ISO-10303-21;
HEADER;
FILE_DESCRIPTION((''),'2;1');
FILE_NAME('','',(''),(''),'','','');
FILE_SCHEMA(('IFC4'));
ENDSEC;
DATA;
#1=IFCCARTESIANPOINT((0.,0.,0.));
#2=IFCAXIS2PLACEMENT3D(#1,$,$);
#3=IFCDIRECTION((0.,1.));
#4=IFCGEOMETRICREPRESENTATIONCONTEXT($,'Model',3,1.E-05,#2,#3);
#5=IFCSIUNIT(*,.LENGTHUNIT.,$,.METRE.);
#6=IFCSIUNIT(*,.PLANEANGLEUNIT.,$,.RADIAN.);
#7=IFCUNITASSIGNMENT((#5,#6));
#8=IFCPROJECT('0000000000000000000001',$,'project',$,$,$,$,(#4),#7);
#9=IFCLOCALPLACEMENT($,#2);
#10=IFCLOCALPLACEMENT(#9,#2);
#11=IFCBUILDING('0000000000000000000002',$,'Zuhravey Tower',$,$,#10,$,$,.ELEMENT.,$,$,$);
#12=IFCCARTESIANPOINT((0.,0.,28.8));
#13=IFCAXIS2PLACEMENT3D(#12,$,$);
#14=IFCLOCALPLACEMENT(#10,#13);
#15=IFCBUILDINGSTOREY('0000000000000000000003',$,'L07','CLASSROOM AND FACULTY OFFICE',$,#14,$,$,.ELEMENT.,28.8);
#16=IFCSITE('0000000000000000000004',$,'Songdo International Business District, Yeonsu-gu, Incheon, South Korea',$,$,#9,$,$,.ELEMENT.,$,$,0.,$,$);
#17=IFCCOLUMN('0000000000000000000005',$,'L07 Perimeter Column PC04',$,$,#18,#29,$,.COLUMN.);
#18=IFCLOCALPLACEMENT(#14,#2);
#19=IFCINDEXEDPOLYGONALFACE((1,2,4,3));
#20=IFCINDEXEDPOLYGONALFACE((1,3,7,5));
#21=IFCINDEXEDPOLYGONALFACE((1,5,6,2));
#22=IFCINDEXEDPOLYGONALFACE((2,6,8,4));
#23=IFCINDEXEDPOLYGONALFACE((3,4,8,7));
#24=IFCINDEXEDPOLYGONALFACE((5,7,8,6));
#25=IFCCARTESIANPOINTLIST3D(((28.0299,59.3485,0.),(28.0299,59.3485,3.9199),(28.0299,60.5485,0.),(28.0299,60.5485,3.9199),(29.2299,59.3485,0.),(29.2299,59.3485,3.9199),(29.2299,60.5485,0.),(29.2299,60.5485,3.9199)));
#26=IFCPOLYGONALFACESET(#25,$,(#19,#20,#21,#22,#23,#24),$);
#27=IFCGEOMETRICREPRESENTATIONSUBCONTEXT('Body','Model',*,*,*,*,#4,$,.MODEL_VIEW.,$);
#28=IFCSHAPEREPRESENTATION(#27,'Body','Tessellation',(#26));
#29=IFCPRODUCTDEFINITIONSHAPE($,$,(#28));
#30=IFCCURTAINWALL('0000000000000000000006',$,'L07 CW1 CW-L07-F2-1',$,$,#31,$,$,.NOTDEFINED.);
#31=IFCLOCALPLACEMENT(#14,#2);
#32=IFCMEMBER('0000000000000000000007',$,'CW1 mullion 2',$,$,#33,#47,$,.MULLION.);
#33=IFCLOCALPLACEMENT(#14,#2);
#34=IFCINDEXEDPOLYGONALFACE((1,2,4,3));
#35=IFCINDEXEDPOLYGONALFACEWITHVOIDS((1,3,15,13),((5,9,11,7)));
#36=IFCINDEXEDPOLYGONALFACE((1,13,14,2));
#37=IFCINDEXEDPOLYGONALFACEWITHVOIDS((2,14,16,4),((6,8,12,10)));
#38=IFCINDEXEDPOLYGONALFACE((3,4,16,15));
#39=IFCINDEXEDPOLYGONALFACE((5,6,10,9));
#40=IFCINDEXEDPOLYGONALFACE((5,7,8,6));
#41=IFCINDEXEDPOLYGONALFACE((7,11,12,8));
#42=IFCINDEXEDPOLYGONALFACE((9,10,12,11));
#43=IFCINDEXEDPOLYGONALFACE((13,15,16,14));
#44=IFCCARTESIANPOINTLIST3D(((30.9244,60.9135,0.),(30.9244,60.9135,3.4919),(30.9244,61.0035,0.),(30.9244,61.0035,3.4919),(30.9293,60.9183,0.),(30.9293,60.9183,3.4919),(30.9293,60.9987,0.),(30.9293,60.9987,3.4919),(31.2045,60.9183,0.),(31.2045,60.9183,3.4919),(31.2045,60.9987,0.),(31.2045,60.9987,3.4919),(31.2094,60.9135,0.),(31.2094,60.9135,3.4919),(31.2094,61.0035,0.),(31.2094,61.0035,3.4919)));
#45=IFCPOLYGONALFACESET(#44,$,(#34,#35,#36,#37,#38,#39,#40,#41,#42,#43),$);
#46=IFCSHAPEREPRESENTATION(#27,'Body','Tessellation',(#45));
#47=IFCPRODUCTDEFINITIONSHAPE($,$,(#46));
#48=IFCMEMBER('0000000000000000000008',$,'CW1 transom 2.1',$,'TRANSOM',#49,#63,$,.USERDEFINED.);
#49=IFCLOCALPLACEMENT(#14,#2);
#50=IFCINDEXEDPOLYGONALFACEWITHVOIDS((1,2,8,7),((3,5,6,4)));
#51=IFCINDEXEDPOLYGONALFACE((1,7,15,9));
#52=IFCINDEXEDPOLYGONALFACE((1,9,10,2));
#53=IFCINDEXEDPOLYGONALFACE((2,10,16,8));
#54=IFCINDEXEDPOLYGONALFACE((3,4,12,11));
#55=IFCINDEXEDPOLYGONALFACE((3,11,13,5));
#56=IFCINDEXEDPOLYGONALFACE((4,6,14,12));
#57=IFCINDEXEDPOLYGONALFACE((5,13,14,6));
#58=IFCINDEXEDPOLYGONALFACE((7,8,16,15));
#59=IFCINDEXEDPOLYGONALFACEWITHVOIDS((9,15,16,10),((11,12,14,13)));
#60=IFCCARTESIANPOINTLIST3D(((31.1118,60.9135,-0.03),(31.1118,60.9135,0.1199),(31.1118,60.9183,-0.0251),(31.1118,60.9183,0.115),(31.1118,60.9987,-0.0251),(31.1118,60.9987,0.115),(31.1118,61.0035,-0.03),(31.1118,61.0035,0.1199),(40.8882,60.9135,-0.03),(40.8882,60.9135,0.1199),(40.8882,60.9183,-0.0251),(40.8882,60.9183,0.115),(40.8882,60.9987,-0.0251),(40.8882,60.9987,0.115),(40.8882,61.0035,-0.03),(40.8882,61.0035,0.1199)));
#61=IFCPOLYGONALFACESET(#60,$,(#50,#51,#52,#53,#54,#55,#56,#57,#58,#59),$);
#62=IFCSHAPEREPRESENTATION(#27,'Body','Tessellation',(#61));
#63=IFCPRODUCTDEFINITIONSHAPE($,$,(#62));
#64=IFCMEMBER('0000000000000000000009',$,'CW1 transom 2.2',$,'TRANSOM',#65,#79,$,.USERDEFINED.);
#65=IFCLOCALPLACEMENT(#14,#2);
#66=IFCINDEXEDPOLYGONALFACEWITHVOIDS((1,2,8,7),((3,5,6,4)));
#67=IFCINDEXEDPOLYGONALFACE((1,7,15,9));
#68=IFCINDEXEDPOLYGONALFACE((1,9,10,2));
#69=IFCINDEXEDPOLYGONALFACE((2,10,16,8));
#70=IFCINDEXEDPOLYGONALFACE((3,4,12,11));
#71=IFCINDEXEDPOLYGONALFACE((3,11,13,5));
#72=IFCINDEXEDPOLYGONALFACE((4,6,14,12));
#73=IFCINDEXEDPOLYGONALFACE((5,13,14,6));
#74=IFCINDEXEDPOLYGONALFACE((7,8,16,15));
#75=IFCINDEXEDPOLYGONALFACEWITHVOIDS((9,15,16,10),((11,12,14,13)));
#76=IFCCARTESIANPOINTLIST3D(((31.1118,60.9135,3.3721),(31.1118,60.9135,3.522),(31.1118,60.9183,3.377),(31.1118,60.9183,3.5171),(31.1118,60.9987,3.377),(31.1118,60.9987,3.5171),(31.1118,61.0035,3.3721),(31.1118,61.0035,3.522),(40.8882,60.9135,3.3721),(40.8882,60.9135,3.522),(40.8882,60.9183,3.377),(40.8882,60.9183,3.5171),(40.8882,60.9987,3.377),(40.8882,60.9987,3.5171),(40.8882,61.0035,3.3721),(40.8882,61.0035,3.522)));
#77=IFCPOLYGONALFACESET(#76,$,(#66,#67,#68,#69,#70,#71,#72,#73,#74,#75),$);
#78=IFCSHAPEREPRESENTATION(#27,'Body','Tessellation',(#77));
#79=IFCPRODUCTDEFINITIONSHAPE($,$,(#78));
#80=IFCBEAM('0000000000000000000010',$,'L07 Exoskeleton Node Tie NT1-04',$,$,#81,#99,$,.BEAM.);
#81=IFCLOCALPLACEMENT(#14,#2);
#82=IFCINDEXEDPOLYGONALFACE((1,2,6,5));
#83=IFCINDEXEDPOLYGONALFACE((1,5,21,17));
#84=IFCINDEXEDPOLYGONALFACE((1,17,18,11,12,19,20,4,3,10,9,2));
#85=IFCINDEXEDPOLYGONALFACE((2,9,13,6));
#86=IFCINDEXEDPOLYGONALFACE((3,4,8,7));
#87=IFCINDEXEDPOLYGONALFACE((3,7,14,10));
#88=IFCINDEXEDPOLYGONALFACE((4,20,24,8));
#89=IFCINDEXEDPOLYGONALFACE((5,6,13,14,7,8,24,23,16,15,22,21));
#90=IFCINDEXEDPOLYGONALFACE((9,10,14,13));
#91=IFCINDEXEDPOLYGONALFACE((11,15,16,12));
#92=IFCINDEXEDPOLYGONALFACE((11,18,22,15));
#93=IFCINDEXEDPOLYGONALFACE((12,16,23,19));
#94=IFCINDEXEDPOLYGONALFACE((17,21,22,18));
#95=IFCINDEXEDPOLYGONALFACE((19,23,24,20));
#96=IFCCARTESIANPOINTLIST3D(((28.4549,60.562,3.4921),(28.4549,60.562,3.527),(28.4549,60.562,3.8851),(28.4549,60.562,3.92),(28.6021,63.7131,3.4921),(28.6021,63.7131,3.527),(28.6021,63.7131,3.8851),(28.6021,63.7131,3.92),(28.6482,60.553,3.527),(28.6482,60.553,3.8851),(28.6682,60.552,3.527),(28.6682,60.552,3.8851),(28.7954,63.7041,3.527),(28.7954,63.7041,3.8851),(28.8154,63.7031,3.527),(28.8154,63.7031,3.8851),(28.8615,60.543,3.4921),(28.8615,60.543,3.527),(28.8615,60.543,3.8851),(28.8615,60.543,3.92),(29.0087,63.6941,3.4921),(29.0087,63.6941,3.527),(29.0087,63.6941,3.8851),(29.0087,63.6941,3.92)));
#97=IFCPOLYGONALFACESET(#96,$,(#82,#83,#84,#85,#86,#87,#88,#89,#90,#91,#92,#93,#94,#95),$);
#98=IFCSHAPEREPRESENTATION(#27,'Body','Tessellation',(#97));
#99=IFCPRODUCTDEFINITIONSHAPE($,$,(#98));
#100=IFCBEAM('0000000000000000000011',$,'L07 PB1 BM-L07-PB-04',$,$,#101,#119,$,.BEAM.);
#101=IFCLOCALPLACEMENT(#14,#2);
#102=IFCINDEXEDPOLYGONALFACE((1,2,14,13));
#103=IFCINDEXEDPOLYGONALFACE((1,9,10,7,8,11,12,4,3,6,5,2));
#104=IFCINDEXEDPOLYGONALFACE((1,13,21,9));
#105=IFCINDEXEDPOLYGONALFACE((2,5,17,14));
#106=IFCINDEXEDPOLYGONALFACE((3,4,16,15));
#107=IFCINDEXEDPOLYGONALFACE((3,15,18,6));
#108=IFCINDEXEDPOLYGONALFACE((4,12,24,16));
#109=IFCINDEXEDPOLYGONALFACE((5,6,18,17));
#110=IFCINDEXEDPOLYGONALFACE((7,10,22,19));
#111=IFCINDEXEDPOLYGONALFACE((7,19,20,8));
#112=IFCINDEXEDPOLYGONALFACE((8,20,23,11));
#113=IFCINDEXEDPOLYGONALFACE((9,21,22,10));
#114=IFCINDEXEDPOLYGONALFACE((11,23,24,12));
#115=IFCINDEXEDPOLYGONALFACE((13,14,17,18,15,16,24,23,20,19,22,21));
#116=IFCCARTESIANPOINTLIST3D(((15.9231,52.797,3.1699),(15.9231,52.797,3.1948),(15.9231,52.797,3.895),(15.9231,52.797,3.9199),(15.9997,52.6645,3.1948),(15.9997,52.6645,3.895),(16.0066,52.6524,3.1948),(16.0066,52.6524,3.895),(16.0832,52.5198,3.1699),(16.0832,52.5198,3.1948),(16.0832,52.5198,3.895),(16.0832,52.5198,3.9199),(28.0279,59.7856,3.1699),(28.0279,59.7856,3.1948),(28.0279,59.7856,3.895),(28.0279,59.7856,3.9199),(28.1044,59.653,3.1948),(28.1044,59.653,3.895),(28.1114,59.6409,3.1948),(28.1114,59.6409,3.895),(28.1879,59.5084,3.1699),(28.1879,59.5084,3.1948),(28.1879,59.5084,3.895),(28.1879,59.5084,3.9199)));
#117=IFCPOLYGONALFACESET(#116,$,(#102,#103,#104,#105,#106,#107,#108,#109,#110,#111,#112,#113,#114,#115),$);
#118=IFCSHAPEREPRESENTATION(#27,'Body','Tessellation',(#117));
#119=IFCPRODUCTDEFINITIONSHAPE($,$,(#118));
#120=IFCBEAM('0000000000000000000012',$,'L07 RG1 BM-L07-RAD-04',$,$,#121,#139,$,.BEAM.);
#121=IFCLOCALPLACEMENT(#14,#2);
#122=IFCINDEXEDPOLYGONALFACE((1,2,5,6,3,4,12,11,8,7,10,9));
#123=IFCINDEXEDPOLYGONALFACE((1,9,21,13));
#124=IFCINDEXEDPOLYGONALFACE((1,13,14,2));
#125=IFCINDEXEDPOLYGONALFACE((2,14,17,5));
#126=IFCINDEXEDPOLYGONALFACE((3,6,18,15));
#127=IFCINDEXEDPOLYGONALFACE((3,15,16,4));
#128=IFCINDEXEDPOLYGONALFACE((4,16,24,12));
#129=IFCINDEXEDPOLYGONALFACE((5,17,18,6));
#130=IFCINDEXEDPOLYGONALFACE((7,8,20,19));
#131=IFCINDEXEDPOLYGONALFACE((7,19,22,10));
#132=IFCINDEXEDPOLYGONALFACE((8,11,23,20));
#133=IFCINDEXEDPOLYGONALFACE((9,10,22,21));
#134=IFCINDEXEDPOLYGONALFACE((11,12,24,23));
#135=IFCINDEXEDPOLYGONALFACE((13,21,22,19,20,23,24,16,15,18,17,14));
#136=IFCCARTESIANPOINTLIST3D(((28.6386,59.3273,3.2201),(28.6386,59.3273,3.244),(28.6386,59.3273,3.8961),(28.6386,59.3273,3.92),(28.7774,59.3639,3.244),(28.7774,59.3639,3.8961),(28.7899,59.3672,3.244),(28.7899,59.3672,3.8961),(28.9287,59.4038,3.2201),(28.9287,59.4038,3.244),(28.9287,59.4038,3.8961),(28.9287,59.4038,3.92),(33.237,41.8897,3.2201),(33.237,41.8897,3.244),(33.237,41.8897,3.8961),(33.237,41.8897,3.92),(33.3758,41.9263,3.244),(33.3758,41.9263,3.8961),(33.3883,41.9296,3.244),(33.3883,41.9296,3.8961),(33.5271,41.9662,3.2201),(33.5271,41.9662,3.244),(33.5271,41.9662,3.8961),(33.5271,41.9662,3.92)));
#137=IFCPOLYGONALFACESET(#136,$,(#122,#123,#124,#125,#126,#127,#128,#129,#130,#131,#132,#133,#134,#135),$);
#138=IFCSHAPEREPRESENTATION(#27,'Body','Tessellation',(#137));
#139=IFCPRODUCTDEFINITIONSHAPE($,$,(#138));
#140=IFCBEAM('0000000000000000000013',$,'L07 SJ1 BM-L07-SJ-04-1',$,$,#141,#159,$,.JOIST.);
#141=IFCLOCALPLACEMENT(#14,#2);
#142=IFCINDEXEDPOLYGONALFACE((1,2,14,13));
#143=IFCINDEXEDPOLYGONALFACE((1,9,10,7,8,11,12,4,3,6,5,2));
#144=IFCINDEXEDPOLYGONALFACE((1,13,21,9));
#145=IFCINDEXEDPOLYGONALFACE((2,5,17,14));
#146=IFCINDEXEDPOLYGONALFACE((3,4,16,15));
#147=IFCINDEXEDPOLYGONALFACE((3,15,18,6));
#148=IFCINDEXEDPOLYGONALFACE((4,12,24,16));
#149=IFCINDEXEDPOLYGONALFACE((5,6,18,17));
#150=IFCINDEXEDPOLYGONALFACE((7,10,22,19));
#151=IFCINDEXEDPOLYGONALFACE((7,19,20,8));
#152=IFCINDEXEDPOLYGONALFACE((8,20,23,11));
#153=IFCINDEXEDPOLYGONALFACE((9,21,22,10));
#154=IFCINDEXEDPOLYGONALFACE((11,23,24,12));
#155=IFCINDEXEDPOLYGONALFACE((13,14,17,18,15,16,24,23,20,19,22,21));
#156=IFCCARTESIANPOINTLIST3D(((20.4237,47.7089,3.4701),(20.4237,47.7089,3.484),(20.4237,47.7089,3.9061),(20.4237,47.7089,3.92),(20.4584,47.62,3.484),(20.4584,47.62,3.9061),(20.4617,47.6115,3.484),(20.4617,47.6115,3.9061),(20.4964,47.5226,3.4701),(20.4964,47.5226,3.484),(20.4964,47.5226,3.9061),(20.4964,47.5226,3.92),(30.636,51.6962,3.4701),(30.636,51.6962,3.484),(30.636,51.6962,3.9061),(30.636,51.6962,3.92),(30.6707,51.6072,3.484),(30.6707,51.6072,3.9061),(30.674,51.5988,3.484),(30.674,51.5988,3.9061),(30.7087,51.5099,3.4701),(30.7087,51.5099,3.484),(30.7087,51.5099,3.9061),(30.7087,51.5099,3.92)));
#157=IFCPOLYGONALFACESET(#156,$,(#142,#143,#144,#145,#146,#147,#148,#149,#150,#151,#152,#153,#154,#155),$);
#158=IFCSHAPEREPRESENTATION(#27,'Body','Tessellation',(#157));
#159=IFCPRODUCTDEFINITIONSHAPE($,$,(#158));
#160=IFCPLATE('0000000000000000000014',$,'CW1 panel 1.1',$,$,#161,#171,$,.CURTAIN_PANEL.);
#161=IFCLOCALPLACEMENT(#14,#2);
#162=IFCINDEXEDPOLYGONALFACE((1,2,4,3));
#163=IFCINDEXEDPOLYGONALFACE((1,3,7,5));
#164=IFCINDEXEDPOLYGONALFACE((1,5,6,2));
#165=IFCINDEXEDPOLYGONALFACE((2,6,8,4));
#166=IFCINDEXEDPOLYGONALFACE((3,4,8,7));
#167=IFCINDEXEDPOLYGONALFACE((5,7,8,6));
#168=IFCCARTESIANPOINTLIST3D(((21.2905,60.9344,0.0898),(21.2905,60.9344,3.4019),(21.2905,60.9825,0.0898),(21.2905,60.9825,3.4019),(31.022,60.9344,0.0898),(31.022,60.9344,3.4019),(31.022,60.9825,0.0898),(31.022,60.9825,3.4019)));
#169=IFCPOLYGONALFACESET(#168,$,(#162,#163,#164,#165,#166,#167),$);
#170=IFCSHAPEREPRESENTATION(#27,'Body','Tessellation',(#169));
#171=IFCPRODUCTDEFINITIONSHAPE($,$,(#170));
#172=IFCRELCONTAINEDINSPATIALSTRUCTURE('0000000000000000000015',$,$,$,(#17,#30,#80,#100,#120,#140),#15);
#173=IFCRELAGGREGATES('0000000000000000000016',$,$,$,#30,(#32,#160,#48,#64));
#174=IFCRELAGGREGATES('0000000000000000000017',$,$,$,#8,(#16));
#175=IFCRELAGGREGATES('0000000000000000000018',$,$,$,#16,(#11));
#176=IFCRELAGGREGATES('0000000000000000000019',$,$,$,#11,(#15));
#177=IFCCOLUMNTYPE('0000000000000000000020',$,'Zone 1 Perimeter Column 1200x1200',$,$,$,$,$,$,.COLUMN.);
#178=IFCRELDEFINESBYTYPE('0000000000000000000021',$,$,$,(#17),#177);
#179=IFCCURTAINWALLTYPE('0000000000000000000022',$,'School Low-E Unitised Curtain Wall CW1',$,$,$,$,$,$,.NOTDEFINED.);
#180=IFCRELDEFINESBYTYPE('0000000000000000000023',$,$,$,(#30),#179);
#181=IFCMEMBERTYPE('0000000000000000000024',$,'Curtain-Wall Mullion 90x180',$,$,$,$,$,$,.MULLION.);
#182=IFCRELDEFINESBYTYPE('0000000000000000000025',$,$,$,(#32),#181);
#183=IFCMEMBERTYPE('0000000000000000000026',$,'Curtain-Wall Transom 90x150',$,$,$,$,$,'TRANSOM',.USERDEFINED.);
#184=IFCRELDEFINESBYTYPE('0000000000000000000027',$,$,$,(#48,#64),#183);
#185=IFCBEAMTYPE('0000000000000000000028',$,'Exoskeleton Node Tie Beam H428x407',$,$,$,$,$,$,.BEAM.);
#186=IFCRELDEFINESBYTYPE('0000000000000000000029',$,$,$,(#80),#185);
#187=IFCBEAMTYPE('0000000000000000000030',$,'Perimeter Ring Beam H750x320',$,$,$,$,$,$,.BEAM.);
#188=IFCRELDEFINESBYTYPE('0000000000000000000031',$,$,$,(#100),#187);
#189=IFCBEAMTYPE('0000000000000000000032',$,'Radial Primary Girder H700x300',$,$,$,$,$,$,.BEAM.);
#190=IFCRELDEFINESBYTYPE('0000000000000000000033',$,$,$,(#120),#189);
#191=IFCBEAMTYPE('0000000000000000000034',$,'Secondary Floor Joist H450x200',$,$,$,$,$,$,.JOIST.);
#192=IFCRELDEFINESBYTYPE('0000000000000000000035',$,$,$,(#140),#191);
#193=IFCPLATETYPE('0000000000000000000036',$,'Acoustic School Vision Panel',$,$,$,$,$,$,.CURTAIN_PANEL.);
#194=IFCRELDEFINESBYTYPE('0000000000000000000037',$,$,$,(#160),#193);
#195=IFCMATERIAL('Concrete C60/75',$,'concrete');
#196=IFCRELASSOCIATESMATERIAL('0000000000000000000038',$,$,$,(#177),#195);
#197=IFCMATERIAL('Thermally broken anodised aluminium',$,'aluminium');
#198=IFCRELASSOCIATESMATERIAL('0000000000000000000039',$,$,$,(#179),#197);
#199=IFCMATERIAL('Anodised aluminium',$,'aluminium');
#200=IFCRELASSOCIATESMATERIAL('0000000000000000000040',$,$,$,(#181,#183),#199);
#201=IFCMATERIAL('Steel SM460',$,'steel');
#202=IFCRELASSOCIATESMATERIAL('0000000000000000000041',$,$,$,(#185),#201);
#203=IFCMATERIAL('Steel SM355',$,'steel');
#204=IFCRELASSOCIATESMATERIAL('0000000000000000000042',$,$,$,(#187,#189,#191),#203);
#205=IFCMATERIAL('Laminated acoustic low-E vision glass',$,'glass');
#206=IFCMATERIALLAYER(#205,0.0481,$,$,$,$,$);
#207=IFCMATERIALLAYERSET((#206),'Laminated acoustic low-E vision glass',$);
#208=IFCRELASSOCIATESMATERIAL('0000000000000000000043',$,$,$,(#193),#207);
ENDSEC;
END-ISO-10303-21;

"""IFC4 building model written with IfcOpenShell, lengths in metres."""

from ifc_helpers import new_model, si_unit, direction, frame, origin, origin_2d, place, context, subcontext, project, spatial, rectangle, hollow_rectangle, i_section, extrude, material, layer, layer_set, material_profile, profile_set, type_object, element, aggregate, save


model = new_model("IFC4")

# Units and contexts
model_context = context("Model", 3, precision=1e-05, world=origin(), true_north=direction((0.0, 1.0)))
body_context = subcontext(model_context, "Body", "Model", "MODEL_VIEW")
ifc_project = project(units=[si_unit("LENGTHUNIT", "METRE"), si_unit("PLANEANGLEUNIT", "RADIAN")], contexts=[model_context])

# Site, building, storey
site_placement = place(None, origin())
site = spatial("IfcSite", under=ifc_project, at=site_placement, Name="Songdo International Business District, Yeonsu-gu, Incheon, South Korea", CompositionType="ELEMENT", RefElevation=0.0)
building_placement = place(site_placement, origin())
building = spatial("IfcBuilding", under=site, at=building_placement, Name="Zuhravey Tower", CompositionType="ELEMENT")
storey_placement = place(building_placement, frame((0.0, 0.0, 28.8)))
storey = spatial("IfcBuildingStorey", under=building, at=storey_placement, Name="L07", Description="CLASSROOM AND FACULTY OFFICE", CompositionType="ELEMENT", Elevation=28.8)

# Column
ifc_material_1 = material(Name="Concrete C60/75", Category="concrete")
ifc_material_profile_1 = material_profile(ifc_material_1, rectangle(XDim=1.2, YDim=1.2, at=origin_2d()), Name="RC-1200x1200")
ifc_profile_set_1 = profile_set([ifc_material_profile_1], Name="Concrete C60/75")
column_type = type_object("IfcColumnType", Name="Zone 1 Perimeter Column 1200x1200", PredefinedType="COLUMN", material=ifc_profile_set_1)
column_placement = place(storey_placement, frame((28.6299, 59.9485, 0.0), z_axis=(0.0, 0.0, 1.0), x_axis=(-1.0, 0.0, 0.0)))
element("IfcColumn", 1, at=column_placement, inside=storey, type_object=column_type, Name="L07 Perimeter Column PC04", PredefinedType="COLUMN", context=body_context, shape_type="SweptSolid", body=[
    extrude(rectangle(XDim=1.2, YDim=1.2, at=origin_2d()), origin(), (0.0, 0.0, 1.0), 3.9199),
])

# Curtain wall, members
ifc_material_2 = material(Name="Thermally broken anodised aluminium", Category="aluminium")
curtain_wall_type = type_object("IfcCurtainWallType", Name="School Low-E Unitised Curtain Wall CW1", PredefinedType="NOTDEFINED", material=ifc_material_2)
curtain_wall_placement = place(storey_placement, origin())
curtain_wall = element("IfcCurtainWall", 2, at=curtain_wall_placement, inside=storey, type_object=curtain_wall_type, Name="L07 CW1 CW-L07-F2-1", PredefinedType="NOTDEFINED")
ifc_material_3 = material(Name="Anodised aluminium", Category="aluminium")
ifc_material_profile_2 = material_profile(ifc_material_3, hollow_rectangle(XDim=0.0901, YDim=0.2849, WallThickness=0.0049, at=origin_2d()), Name="ALU-RHS-90x285x5")
ifc_profile_set_2 = profile_set([ifc_material_profile_2], Name="Anodised aluminium")
member_type_1 = type_object("IfcMemberType", Name="Curtain-Wall Mullion 90x180", PredefinedType="MULLION", material=ifc_profile_set_2)
member_1_placement = place(storey_placement, frame((31.0669, 60.9585, 0.0), z_axis=(0.0, 0.0, 1.0), x_axis=(0.0, 1.0, 0.0)))
member_1 = element("IfcMember", 3, at=member_1_placement, type_object=member_type_1, Name="CW1 mullion 2", PredefinedType="MULLION", context=body_context, shape_type="SweptSolid", body=[
    extrude(hollow_rectangle(XDim=0.0901, YDim=0.2849, WallThickness=0.0049, at=origin_2d()), origin(), (0.0, 0.0, 1.0), 3.4919),
])
ifc_material_profile_3 = material_profile(ifc_material_3, hollow_rectangle(XDim=0.0901, YDim=0.1499, WallThickness=0.0049, at=origin_2d()), Name="ALU-RHS-90x150x5")
ifc_profile_set_3 = profile_set([ifc_material_profile_3], Name="Anodised aluminium")
member_type_2 = type_object("IfcMemberType", Name="Curtain-Wall Transom 90x150", ElementType="TRANSOM", PredefinedType="USERDEFINED", material=ifc_profile_set_3)
member_2_placement = place(storey_placement, frame((31.1118, 60.9585, 0.0449), z_axis=(1.0, 0.0, 0.0), x_axis=(0.0, 1.0, 0.0)))
member_2 = element("IfcMember", 4, at=member_2_placement, type_object=member_type_2, Name="CW1 transom 2.1", ObjectType="TRANSOM", PredefinedType="USERDEFINED", context=body_context, shape_type="SweptSolid", body=[
    extrude(hollow_rectangle(XDim=0.0901, YDim=0.1499, WallThickness=0.0049, at=origin_2d()), origin(), (0.0, 0.0, 1.0), 9.7764),
])
member_3_placement = place(storey_placement, frame((31.1118, 60.9585, 3.447), z_axis=(1.0, 0.0, 0.0), x_axis=(0.0, 1.0, 0.0)))
member_3 = element("IfcMember", 5, at=member_3_placement, type_object=member_type_2, Name="CW1 transom 2.2", ObjectType="TRANSOM", PredefinedType="USERDEFINED", context=body_context, shape_type="SweptSolid", body=[
    extrude(hollow_rectangle(XDim=0.0901, YDim=0.1499, WallThickness=0.0049, at=origin_2d()), origin(), (0.0, 0.0, 1.0), 9.7764),
])

# Beams
ifc_material_4 = material(Name="Steel SM460", Category="steel")
ifc_material_profile_4 = material_profile(ifc_material_4, i_section(OverallWidth=0.407, OverallDepth=0.428, WebThickness=0.02, FlangeThickness=0.0349, at=origin_2d()), Name="H-428x407x20x35")
ifc_profile_set_4 = profile_set([ifc_material_profile_4], Name="Steel SM460")
beam_type_1 = type_object("IfcBeamType", Name="Exoskeleton Node Tie Beam H428x407", PredefinedType="BEAM", material=ifc_profile_set_4)
beam_1_placement = place(storey_placement, frame((28.6582, 60.5525, 3.7061), z_axis=(0.046668, 0.99891, 0.0), x_axis=(-0.99891, 0.046668, 0.0)))
element("IfcBeam", 6, at=beam_1_placement, inside=storey, type_object=beam_type_1, Name="L07 Exoskeleton Node Tie NT1-04", PredefinedType="BEAM", context=body_context, shape_type="SweptSolid", body=[
    extrude(i_section(OverallWidth=0.407, OverallDepth=0.428, WebThickness=0.02, FlangeThickness=0.0349, at=origin_2d()), origin(), (0.0, 0.0, 1.0), 3.1545),
])
ifc_material_5 = material(Name="Steel SM355", Category="steel")
ifc_material_profile_5 = material_profile(ifc_material_5, i_section(OverallWidth=0.3201, OverallDepth=0.75, WebThickness=0.0139, FlangeThickness=0.0249, at=origin_2d()), Name="H-750x320x14x25")
ifc_profile_set_5 = profile_set([ifc_material_profile_5], Name="Steel SM355")
beam_type_2 = type_object("IfcBeamType", Name="Perimeter Ring Beam H750x320", PredefinedType="BEAM", material=ifc_profile_set_5)
beam_2_placement = place(storey_placement, frame((28.1079, 59.647, 3.5449), z_axis=(-0.86603, -0.499992, 0.0), x_axis=(0.499992, -0.86603, 0.0)))
element("IfcBeam", 7, at=beam_2_placement, inside=storey, type_object=beam_type_2, Name="L07 PB1 BM-L07-PB-04", PredefinedType="BEAM", context=body_context, shape_type="SweptSolid", body=[
    extrude(i_section(OverallWidth=0.3201, OverallDepth=0.75, WebThickness=0.0139, FlangeThickness=0.0249, at=origin_2d()), origin(), (0.0, 0.0, 1.0), 13.9773),
])
ifc_material_profile_6 = material_profile(ifc_material_5, i_section(OverallWidth=0.3, OverallDepth=0.7, WebThickness=0.0129, FlangeThickness=0.0239, at=origin_2d()), Name="H-700x300x13x24")
ifc_profile_set_6 = profile_set([ifc_material_profile_6], Name="Steel SM355")
beam_type_3 = type_object("IfcBeamType", Name="Radial Primary Girder H700x300", PredefinedType="BEAM", material=ifc_profile_set_6)
beam_3_placement = place(storey_placement, frame((33.3821, 41.928, 3.5701), z_axis=(-0.25499, 0.966944, 0.0), x_axis=(-0.966944, -0.25499, 0.0)))
element("IfcBeam", 8, at=beam_3_placement, inside=storey, type_object=beam_type_3, Name="L07 RG1 BM-L07-RAD-04", PredefinedType="BEAM", context=body_context, shape_type="SweptSolid", body=[
    extrude(i_section(OverallWidth=0.3, OverallDepth=0.7, WebThickness=0.0129, FlangeThickness=0.0239, at=origin_2d()), origin(), (0.0, 0.0, 1.0), 18.0337),
])
ifc_material_profile_7 = material_profile(ifc_material_5, i_section(OverallWidth=0.2, OverallDepth=0.45, WebThickness=0.009, FlangeThickness=0.0139, at=origin_2d()), Name="H-450x200x9x14")
ifc_profile_set_7 = profile_set([ifc_material_profile_7], Name="Steel SM355")
beam_type_4 = type_object("IfcBeamType", Name="Secondary Floor Joist H450x200", PredefinedType="JOIST", material=ifc_profile_set_7)
beam_4_placement = place(storey_placement, frame((30.6724, 51.603, 3.6951), z_axis=(-0.931517, -0.363699, 0.0), x_axis=(0.363699, -0.931517, 0.0)))
element("IfcBeam", 9, at=beam_4_placement, inside=storey, type_object=beam_type_4, Name="L07 SJ1 BM-L07-SJ-04-1", PredefinedType="JOIST", context=body_context, shape_type="SweptSolid", body=[
    extrude(i_section(OverallWidth=0.2, OverallDepth=0.45, WebThickness=0.009, FlangeThickness=0.0139, at=origin_2d()), origin(), (0.0, 0.0, 1.0), 10.9631),
])

# Plate
ifc_material_6 = material(Name="Laminated acoustic low-E vision glass", Category="glass")
ifc_layer_1 = layer(ifc_material_6, 0.0481)
ifc_layer_set_1 = layer_set([ifc_layer_1], Name="Laminated acoustic low-E vision glass")
plate_type = type_object("IfcPlateType", Name="Acoustic School Vision Panel", PredefinedType="CURTAIN_PANEL", material=ifc_layer_set_1)
plate_placement = place(storey_placement, frame((26.1562, 60.9585, 0.0898), z_axis=(0.0, 0.0, 1.0), x_axis=(1.0, 0.0, 0.0)))
plate = element("IfcPlate", 10, at=plate_placement, type_object=plate_type, Name="CW1 panel 1.1", PredefinedType="CURTAIN_PANEL", context=body_context, shape_type="SweptSolid", body=[
    extrude(rectangle(XDim=9.7314, YDim=0.0481, at=origin_2d()), origin(), (0.0, 0.0, 1.0), 3.312),
])
aggregate(curtain_wall, [member_1, plate, member_2, member_3])

save(model, "model.ifc")
